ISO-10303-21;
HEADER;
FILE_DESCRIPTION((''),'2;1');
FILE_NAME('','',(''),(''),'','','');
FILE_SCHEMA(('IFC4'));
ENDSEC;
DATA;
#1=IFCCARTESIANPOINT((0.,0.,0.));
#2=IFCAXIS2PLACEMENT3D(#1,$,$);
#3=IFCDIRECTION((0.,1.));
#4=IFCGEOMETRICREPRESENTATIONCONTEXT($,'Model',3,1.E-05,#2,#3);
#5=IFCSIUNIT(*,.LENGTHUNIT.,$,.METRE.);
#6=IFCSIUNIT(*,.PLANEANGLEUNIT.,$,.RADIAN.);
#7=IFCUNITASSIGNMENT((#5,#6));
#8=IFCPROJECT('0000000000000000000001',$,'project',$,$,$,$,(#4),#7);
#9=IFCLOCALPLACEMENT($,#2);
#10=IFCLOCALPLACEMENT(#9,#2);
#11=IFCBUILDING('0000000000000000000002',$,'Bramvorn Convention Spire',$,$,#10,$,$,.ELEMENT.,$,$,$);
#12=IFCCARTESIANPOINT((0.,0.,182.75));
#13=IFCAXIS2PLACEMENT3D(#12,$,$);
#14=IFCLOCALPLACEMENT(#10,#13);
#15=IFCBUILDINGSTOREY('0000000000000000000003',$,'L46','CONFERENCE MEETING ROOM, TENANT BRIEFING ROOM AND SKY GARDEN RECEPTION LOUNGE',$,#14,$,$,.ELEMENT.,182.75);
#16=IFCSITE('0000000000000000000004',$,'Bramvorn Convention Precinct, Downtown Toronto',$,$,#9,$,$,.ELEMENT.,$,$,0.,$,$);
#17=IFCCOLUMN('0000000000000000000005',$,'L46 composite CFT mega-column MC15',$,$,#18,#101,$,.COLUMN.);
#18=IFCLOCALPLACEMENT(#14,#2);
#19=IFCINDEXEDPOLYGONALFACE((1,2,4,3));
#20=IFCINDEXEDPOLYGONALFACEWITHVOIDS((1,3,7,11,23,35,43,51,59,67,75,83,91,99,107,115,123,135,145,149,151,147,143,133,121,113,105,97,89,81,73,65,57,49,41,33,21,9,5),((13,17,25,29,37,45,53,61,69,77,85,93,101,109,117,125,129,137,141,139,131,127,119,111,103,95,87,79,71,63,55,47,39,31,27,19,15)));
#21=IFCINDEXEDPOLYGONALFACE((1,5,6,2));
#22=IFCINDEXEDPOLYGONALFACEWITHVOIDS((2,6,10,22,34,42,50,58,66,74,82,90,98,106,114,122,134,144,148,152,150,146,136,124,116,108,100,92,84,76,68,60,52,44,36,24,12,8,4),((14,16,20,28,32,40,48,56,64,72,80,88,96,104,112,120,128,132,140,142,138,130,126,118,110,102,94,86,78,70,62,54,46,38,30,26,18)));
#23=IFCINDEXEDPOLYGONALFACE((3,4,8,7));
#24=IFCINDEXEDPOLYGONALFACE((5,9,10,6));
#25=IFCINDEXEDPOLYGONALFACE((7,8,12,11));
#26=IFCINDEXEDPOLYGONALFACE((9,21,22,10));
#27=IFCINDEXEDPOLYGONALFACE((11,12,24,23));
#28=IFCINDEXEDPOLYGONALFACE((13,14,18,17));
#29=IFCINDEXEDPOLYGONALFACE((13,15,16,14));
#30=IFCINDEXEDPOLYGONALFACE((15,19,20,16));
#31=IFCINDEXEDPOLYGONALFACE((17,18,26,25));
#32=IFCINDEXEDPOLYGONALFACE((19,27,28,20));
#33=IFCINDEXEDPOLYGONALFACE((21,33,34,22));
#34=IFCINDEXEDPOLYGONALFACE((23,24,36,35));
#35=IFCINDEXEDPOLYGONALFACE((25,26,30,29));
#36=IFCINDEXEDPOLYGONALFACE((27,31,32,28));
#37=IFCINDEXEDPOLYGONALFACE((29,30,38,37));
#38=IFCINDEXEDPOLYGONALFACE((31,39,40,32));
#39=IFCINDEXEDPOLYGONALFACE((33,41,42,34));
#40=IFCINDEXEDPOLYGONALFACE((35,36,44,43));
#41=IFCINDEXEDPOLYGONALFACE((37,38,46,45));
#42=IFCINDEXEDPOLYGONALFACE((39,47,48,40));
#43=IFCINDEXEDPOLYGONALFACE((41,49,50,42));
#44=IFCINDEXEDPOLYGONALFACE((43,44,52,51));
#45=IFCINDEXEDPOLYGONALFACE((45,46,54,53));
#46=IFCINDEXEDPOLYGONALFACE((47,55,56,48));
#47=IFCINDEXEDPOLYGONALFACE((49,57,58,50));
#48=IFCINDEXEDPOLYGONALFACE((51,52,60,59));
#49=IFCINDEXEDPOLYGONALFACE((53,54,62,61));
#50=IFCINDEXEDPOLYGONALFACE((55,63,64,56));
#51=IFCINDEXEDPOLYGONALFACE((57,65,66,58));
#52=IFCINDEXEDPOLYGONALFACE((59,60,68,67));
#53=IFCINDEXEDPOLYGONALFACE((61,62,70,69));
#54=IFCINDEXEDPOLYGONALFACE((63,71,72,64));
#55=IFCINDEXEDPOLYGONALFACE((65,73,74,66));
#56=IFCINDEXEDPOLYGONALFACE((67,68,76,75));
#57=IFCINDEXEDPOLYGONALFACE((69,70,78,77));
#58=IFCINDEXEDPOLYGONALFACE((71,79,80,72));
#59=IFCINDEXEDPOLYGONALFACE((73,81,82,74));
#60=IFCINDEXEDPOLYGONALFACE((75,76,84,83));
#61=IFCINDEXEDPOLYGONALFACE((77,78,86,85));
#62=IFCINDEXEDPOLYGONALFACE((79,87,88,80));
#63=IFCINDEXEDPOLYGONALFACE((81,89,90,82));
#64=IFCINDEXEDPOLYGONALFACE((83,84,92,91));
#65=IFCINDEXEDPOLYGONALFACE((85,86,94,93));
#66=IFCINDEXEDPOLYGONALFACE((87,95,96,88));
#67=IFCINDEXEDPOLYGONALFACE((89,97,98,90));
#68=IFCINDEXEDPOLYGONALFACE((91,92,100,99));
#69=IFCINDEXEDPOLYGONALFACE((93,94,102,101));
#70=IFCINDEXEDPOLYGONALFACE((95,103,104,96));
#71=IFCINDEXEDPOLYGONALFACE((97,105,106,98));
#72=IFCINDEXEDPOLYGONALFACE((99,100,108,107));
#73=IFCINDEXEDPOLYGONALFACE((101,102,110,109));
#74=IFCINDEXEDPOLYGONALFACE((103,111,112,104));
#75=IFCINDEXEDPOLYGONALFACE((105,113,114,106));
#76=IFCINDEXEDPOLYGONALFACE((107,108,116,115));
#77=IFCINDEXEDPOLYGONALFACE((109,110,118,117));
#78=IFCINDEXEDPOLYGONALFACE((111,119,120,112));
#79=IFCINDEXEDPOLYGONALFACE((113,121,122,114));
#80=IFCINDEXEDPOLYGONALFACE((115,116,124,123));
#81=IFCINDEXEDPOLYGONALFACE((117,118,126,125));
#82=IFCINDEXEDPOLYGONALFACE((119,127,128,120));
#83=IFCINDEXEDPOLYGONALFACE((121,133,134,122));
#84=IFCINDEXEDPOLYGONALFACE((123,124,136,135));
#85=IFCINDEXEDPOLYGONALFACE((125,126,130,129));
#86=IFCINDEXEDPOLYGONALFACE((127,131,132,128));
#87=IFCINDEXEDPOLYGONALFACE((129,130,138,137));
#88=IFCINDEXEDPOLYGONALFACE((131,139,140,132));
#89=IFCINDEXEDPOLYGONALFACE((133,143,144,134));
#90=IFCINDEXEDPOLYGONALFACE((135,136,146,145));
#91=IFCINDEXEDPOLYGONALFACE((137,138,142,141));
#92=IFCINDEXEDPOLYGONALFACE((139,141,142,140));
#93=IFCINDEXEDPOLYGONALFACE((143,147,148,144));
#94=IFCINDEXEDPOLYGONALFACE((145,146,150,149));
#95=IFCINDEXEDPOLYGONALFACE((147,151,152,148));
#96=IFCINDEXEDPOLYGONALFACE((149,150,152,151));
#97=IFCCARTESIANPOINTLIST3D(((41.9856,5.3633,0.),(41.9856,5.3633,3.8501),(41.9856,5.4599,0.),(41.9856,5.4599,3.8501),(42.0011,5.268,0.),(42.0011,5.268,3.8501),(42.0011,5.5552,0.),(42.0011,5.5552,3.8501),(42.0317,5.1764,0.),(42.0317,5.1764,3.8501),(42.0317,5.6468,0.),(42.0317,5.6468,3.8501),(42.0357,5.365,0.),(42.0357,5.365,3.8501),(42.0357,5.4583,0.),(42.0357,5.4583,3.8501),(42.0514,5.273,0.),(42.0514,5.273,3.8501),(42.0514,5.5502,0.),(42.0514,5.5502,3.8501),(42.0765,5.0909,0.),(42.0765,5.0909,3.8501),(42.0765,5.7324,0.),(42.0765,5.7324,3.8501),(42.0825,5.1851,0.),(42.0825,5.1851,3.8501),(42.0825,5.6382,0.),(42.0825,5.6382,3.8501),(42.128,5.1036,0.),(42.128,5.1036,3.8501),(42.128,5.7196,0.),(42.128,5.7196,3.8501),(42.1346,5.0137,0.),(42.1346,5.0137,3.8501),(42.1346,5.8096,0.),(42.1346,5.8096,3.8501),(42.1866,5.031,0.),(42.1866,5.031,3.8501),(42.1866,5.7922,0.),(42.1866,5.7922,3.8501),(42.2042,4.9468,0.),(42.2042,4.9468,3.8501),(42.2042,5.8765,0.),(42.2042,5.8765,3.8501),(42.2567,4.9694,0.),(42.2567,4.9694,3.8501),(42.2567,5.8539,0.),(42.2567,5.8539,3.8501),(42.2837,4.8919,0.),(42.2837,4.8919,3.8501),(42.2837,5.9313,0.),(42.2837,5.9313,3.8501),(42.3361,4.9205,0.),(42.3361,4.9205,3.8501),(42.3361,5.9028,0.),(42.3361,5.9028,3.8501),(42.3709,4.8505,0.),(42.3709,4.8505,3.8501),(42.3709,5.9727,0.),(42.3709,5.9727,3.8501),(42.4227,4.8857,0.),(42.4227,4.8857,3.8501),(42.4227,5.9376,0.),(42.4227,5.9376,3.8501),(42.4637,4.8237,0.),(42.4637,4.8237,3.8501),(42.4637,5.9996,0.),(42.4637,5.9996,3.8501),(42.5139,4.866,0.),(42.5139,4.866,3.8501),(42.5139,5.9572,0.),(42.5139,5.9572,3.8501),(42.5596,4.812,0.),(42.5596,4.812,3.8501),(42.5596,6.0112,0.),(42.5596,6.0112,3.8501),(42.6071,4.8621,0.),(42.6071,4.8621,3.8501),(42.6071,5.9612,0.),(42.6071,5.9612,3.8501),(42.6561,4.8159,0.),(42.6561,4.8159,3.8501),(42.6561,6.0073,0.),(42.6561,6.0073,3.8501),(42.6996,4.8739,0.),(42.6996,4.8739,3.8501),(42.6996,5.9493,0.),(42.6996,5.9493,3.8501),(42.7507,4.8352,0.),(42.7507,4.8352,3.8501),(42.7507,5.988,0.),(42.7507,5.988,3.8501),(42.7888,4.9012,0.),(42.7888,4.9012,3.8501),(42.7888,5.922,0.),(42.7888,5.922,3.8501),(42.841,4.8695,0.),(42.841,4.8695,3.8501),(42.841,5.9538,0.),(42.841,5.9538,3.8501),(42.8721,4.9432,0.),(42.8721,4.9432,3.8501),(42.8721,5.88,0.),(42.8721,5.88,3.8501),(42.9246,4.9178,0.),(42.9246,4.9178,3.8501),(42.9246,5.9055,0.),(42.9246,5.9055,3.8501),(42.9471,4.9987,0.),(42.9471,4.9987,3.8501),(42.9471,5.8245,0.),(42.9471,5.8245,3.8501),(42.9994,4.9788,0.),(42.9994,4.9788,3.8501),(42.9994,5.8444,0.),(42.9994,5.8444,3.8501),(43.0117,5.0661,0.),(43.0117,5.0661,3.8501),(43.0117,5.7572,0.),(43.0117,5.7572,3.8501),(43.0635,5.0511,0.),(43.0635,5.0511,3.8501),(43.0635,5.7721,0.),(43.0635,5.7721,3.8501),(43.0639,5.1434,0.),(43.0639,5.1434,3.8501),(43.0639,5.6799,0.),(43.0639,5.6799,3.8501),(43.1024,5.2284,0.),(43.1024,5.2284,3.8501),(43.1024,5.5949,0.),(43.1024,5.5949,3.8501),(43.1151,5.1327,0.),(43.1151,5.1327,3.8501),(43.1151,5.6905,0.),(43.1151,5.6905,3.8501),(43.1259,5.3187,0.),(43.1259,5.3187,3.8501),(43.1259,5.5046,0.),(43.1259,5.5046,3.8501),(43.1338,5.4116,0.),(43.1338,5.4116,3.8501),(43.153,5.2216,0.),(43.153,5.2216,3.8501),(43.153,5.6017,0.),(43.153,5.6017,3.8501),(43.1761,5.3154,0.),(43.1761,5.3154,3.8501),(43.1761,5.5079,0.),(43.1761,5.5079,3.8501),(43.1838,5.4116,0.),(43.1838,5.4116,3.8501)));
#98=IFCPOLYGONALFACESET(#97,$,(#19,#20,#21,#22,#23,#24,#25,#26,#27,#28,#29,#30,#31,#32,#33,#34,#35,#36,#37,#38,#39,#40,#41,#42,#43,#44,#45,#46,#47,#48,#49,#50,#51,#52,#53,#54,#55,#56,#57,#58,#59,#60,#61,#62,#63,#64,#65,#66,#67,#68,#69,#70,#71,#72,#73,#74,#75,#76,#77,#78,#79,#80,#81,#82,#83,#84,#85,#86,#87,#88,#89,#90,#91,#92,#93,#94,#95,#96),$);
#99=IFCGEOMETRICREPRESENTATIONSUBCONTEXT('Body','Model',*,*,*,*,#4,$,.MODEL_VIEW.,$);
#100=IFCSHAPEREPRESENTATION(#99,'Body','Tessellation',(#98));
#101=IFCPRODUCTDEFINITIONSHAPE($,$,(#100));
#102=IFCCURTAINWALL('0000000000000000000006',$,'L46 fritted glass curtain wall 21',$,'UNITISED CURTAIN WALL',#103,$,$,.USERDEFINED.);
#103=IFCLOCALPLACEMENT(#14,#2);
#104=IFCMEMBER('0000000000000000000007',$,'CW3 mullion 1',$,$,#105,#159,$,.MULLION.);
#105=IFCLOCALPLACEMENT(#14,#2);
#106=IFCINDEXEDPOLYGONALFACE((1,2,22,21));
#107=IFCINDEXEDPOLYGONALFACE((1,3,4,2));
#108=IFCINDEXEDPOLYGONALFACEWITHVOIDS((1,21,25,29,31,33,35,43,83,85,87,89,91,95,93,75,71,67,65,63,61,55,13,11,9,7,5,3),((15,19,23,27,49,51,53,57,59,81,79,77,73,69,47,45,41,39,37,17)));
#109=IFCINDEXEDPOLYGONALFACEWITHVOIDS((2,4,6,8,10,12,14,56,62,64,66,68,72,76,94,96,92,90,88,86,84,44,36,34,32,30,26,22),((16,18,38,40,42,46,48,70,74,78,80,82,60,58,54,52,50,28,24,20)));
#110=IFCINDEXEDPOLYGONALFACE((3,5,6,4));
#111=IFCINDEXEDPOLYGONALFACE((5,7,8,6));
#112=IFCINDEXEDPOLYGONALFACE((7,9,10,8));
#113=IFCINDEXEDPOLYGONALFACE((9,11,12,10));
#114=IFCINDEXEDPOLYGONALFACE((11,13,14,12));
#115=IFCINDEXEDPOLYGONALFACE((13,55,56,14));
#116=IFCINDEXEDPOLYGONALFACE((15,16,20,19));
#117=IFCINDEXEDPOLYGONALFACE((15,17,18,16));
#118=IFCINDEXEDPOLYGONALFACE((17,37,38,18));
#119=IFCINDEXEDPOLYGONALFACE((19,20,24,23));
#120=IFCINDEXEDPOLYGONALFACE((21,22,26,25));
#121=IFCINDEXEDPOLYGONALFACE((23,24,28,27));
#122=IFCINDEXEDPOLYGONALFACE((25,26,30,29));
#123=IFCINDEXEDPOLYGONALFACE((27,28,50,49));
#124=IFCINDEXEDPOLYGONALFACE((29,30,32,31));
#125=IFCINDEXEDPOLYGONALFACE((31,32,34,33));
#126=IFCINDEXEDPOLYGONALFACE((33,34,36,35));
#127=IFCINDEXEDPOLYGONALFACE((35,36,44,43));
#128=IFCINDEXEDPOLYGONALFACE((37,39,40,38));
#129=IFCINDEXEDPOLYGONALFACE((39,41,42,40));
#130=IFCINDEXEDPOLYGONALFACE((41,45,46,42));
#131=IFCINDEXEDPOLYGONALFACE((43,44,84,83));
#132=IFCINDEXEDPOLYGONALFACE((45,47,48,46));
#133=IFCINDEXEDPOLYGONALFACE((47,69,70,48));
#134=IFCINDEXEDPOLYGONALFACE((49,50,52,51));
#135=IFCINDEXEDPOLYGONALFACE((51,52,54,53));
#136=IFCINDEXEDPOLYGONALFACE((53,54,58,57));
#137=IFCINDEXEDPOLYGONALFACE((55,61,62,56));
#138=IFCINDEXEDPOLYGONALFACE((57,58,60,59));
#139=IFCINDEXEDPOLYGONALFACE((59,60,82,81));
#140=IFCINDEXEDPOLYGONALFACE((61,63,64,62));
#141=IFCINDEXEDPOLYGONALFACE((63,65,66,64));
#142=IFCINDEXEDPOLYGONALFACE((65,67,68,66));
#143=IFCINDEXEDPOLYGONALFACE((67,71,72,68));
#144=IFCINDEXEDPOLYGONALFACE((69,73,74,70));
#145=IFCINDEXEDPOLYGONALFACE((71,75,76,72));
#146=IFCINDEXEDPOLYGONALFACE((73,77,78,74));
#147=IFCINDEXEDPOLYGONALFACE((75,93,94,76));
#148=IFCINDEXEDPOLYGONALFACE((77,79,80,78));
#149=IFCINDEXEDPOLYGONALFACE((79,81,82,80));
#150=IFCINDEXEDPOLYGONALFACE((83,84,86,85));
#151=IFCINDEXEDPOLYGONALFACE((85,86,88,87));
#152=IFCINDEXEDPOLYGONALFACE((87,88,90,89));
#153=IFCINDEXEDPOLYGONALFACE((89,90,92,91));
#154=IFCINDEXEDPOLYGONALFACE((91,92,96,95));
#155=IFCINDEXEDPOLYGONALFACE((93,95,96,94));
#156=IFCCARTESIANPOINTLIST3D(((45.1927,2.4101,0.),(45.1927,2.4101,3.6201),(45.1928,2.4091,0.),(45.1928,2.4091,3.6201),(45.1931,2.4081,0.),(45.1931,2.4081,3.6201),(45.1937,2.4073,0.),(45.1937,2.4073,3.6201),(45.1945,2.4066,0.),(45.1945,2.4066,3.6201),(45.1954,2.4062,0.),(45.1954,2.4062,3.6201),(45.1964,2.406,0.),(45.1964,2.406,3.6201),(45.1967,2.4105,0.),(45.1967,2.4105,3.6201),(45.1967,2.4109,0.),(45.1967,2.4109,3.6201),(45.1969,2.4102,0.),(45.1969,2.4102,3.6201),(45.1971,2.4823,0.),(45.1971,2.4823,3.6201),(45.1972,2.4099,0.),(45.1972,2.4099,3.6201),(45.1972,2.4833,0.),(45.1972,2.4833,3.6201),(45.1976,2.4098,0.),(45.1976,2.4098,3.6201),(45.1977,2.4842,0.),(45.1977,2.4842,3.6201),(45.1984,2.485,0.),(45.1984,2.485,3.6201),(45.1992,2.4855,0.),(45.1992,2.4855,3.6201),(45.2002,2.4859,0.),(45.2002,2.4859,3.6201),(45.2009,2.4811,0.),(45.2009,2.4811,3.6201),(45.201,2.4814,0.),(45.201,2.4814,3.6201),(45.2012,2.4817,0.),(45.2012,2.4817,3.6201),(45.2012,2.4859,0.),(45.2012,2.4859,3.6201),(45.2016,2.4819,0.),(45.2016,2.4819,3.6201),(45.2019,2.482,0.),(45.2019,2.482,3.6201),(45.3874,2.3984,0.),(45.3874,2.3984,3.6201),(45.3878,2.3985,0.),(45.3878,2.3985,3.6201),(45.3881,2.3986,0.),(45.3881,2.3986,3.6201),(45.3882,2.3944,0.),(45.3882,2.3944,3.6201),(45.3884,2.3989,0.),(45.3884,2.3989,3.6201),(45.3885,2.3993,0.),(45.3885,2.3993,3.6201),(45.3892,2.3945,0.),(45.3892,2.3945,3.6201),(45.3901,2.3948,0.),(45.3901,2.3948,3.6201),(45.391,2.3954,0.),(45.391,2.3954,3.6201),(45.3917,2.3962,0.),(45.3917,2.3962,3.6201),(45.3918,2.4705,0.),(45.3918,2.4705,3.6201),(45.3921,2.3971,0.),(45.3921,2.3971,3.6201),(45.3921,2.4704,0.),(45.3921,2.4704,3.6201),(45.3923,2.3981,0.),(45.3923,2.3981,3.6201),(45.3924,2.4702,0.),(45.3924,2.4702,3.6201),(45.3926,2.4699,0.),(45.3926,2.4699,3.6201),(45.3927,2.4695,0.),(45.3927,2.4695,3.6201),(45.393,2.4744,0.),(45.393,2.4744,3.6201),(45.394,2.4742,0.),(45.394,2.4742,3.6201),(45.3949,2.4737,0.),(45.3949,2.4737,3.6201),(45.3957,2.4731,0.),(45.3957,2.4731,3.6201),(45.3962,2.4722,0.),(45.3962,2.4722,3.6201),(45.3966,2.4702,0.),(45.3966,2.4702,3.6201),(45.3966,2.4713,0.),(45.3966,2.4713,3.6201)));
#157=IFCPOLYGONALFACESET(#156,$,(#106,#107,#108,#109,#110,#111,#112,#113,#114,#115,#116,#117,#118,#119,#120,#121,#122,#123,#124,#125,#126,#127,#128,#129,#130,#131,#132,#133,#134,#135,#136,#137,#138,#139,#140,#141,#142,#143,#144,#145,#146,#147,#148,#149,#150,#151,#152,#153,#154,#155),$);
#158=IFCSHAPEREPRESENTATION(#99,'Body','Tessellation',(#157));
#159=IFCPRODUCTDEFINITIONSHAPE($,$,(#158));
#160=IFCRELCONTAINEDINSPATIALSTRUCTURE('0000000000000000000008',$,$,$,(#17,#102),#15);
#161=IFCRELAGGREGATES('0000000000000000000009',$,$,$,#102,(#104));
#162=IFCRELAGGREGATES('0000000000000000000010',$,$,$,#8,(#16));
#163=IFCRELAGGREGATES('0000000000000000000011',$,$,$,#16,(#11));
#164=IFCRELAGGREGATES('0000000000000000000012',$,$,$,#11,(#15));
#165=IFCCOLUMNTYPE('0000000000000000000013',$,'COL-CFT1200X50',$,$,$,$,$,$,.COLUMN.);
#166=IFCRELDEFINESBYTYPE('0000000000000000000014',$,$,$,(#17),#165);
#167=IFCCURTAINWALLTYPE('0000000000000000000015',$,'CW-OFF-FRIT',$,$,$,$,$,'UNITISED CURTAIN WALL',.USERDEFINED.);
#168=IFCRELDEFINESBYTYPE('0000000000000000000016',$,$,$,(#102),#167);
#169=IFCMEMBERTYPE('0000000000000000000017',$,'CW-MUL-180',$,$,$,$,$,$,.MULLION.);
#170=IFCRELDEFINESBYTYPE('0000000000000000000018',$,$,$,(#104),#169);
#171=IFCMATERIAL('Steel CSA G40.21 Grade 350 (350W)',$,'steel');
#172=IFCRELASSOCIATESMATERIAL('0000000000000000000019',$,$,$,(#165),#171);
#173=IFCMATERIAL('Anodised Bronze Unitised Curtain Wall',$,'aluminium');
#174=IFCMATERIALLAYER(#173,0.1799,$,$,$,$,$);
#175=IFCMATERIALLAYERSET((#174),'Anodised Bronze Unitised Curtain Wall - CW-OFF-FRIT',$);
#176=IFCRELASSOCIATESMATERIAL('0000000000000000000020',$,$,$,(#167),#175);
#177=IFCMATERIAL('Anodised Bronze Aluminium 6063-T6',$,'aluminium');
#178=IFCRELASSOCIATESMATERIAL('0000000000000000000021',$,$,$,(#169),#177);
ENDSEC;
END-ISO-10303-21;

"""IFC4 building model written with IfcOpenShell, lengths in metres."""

from ifc_helpers import new_model, si_unit, direction, frame, origin, origin_2d, place, context, subcontext, project, spatial, hollow_rectangle, hollow_circle, extrude, material, layer, layer_set, material_profile, profile_set, type_object, element, aggregate, save


model = new_model("IFC4")

# Units and contexts
model_context = context("Model", 3, precision=1e-05, world=origin(), true_north=direction((0.0, 1.0)))
body_context = subcontext(model_context, "Body", "Model", "MODEL_VIEW")
ifc_project = project(units=[si_unit("LENGTHUNIT", "METRE"), si_unit("PLANEANGLEUNIT", "RADIAN")], contexts=[model_context])

# Site, building, storey
site_placement = place(None, origin())
site = spatial("IfcSite", under=ifc_project, at=site_placement, Name="Bramvorn Convention Precinct, Downtown Toronto", CompositionType="ELEMENT", RefElevation=0.0)
building_placement = place(site_placement, origin())
building = spatial("IfcBuilding", under=site, at=building_placement, Name="Bramvorn Convention Spire", CompositionType="ELEMENT")
storey_placement = place(building_placement, frame((0.0, 0.0, 182.75)))
storey = spatial("IfcBuildingStorey", under=building, at=storey_placement, Name="L46", Description="CONFERENCE MEETING ROOM, TENANT BRIEFING ROOM AND SKY GARDEN RECEPTION LOUNGE", CompositionType="ELEMENT", Elevation=182.75)

# Column
ifc_material_1 = material(Name="Steel CSA G40.21 Grade 350 (350W)", Category="steel")
ifc_material_profile_1 = material_profile(ifc_material_1, hollow_circle(Radius=0.6001, WallThickness=0.05, at=origin_2d()))
ifc_profile_set_1 = profile_set([ifc_material_profile_1], Name="Steel CSA G40.21 Grade 350 (350W) - CFT1200X50")
column_type = type_object("IfcColumnType", Name="COL-CFT1200X50", PredefinedType="COLUMN", material=ifc_profile_set_1)
column_placement = place(storey_placement, frame((42.5837, 5.4116, 0.0), z_axis=(0.0, 0.0, 1.0), x_axis=(1.0, 0.0, 0.0)))
element("IfcColumn", 1, at=column_placement, inside=storey, type_object=column_type, Name="L46 composite CFT mega-column MC15", PredefinedType="COLUMN", context=body_context, shape_type="SweptSolid", body=[
    extrude(hollow_circle(Radius=0.6001, WallThickness=0.05, at=origin_2d()), origin(), (0.0, 0.0, 1.0), 3.8501),
])

# Curtain wall, member
ifc_material_2 = material(Name="Anodised Bronze Unitised Curtain Wall", Category="aluminium")
ifc_layer_1 = layer(ifc_material_2, 0.1799)
ifc_layer_set_1 = layer_set([ifc_layer_1], Name="Anodised Bronze Unitised Curtain Wall - CW-OFF-FRIT")
curtain_wall_type = type_object("IfcCurtainWallType", Name="CW-OFF-FRIT", ElementType="UNITISED CURTAIN WALL", PredefinedType="USERDEFINED", material=ifc_layer_set_1)
curtain_wall_1_placement = place(storey_placement, origin())
curtain_wall_1 = element("IfcCurtainWall", 2, at=curtain_wall_1_placement, inside=storey, type_object=curtain_wall_type, Name="L46 fritted glass curtain wall 21", ObjectType="UNITISED CURTAIN WALL", PredefinedType="USERDEFINED")
ifc_material_3 = material(Name="Anodised Bronze Aluminium 6063-T6", Category="aluminium")
ifc_material_profile_2 = material_profile(ifc_material_3, hollow_rectangle(XDim=0.0801, YDim=0.2, WallThickness=0.0039, InnerFilletRadius=0.001, OuterFilletRadius=0.0039, at=origin_2d()))
ifc_profile_set_2 = profile_set([ifc_material_profile_2], Name="Anodised Bronze Aluminium 6063-T6 - CWM80X200")
member_type_1 = type_object("IfcMemberType", Name="CW-MUL-180", PredefinedType="MULLION", material=ifc_profile_set_2)
member_1_placement = place(storey_placement, frame((45.2947, 2.4402, 0.0), z_axis=(0.0, 0.0, 1.0), x_axis=(-0.060122, -0.998191, 0.0)))
member_1 = element("IfcMember", 3, at=member_1_placement, type_object=member_type_1, Name="CW3 mullion 1", PredefinedType="MULLION", context=body_context, shape_type="SweptSolid", body=[
    extrude(hollow_rectangle(XDim=0.0801, YDim=0.2, WallThickness=0.0039, InnerFilletRadius=0.001, OuterFilletRadius=0.0039, at=origin_2d()), origin(), (0.0, 0.0, 1.0), 3.6201),
])

aggregate(curtain_wall_1, [member_1])

save(model, "model.ifc")
